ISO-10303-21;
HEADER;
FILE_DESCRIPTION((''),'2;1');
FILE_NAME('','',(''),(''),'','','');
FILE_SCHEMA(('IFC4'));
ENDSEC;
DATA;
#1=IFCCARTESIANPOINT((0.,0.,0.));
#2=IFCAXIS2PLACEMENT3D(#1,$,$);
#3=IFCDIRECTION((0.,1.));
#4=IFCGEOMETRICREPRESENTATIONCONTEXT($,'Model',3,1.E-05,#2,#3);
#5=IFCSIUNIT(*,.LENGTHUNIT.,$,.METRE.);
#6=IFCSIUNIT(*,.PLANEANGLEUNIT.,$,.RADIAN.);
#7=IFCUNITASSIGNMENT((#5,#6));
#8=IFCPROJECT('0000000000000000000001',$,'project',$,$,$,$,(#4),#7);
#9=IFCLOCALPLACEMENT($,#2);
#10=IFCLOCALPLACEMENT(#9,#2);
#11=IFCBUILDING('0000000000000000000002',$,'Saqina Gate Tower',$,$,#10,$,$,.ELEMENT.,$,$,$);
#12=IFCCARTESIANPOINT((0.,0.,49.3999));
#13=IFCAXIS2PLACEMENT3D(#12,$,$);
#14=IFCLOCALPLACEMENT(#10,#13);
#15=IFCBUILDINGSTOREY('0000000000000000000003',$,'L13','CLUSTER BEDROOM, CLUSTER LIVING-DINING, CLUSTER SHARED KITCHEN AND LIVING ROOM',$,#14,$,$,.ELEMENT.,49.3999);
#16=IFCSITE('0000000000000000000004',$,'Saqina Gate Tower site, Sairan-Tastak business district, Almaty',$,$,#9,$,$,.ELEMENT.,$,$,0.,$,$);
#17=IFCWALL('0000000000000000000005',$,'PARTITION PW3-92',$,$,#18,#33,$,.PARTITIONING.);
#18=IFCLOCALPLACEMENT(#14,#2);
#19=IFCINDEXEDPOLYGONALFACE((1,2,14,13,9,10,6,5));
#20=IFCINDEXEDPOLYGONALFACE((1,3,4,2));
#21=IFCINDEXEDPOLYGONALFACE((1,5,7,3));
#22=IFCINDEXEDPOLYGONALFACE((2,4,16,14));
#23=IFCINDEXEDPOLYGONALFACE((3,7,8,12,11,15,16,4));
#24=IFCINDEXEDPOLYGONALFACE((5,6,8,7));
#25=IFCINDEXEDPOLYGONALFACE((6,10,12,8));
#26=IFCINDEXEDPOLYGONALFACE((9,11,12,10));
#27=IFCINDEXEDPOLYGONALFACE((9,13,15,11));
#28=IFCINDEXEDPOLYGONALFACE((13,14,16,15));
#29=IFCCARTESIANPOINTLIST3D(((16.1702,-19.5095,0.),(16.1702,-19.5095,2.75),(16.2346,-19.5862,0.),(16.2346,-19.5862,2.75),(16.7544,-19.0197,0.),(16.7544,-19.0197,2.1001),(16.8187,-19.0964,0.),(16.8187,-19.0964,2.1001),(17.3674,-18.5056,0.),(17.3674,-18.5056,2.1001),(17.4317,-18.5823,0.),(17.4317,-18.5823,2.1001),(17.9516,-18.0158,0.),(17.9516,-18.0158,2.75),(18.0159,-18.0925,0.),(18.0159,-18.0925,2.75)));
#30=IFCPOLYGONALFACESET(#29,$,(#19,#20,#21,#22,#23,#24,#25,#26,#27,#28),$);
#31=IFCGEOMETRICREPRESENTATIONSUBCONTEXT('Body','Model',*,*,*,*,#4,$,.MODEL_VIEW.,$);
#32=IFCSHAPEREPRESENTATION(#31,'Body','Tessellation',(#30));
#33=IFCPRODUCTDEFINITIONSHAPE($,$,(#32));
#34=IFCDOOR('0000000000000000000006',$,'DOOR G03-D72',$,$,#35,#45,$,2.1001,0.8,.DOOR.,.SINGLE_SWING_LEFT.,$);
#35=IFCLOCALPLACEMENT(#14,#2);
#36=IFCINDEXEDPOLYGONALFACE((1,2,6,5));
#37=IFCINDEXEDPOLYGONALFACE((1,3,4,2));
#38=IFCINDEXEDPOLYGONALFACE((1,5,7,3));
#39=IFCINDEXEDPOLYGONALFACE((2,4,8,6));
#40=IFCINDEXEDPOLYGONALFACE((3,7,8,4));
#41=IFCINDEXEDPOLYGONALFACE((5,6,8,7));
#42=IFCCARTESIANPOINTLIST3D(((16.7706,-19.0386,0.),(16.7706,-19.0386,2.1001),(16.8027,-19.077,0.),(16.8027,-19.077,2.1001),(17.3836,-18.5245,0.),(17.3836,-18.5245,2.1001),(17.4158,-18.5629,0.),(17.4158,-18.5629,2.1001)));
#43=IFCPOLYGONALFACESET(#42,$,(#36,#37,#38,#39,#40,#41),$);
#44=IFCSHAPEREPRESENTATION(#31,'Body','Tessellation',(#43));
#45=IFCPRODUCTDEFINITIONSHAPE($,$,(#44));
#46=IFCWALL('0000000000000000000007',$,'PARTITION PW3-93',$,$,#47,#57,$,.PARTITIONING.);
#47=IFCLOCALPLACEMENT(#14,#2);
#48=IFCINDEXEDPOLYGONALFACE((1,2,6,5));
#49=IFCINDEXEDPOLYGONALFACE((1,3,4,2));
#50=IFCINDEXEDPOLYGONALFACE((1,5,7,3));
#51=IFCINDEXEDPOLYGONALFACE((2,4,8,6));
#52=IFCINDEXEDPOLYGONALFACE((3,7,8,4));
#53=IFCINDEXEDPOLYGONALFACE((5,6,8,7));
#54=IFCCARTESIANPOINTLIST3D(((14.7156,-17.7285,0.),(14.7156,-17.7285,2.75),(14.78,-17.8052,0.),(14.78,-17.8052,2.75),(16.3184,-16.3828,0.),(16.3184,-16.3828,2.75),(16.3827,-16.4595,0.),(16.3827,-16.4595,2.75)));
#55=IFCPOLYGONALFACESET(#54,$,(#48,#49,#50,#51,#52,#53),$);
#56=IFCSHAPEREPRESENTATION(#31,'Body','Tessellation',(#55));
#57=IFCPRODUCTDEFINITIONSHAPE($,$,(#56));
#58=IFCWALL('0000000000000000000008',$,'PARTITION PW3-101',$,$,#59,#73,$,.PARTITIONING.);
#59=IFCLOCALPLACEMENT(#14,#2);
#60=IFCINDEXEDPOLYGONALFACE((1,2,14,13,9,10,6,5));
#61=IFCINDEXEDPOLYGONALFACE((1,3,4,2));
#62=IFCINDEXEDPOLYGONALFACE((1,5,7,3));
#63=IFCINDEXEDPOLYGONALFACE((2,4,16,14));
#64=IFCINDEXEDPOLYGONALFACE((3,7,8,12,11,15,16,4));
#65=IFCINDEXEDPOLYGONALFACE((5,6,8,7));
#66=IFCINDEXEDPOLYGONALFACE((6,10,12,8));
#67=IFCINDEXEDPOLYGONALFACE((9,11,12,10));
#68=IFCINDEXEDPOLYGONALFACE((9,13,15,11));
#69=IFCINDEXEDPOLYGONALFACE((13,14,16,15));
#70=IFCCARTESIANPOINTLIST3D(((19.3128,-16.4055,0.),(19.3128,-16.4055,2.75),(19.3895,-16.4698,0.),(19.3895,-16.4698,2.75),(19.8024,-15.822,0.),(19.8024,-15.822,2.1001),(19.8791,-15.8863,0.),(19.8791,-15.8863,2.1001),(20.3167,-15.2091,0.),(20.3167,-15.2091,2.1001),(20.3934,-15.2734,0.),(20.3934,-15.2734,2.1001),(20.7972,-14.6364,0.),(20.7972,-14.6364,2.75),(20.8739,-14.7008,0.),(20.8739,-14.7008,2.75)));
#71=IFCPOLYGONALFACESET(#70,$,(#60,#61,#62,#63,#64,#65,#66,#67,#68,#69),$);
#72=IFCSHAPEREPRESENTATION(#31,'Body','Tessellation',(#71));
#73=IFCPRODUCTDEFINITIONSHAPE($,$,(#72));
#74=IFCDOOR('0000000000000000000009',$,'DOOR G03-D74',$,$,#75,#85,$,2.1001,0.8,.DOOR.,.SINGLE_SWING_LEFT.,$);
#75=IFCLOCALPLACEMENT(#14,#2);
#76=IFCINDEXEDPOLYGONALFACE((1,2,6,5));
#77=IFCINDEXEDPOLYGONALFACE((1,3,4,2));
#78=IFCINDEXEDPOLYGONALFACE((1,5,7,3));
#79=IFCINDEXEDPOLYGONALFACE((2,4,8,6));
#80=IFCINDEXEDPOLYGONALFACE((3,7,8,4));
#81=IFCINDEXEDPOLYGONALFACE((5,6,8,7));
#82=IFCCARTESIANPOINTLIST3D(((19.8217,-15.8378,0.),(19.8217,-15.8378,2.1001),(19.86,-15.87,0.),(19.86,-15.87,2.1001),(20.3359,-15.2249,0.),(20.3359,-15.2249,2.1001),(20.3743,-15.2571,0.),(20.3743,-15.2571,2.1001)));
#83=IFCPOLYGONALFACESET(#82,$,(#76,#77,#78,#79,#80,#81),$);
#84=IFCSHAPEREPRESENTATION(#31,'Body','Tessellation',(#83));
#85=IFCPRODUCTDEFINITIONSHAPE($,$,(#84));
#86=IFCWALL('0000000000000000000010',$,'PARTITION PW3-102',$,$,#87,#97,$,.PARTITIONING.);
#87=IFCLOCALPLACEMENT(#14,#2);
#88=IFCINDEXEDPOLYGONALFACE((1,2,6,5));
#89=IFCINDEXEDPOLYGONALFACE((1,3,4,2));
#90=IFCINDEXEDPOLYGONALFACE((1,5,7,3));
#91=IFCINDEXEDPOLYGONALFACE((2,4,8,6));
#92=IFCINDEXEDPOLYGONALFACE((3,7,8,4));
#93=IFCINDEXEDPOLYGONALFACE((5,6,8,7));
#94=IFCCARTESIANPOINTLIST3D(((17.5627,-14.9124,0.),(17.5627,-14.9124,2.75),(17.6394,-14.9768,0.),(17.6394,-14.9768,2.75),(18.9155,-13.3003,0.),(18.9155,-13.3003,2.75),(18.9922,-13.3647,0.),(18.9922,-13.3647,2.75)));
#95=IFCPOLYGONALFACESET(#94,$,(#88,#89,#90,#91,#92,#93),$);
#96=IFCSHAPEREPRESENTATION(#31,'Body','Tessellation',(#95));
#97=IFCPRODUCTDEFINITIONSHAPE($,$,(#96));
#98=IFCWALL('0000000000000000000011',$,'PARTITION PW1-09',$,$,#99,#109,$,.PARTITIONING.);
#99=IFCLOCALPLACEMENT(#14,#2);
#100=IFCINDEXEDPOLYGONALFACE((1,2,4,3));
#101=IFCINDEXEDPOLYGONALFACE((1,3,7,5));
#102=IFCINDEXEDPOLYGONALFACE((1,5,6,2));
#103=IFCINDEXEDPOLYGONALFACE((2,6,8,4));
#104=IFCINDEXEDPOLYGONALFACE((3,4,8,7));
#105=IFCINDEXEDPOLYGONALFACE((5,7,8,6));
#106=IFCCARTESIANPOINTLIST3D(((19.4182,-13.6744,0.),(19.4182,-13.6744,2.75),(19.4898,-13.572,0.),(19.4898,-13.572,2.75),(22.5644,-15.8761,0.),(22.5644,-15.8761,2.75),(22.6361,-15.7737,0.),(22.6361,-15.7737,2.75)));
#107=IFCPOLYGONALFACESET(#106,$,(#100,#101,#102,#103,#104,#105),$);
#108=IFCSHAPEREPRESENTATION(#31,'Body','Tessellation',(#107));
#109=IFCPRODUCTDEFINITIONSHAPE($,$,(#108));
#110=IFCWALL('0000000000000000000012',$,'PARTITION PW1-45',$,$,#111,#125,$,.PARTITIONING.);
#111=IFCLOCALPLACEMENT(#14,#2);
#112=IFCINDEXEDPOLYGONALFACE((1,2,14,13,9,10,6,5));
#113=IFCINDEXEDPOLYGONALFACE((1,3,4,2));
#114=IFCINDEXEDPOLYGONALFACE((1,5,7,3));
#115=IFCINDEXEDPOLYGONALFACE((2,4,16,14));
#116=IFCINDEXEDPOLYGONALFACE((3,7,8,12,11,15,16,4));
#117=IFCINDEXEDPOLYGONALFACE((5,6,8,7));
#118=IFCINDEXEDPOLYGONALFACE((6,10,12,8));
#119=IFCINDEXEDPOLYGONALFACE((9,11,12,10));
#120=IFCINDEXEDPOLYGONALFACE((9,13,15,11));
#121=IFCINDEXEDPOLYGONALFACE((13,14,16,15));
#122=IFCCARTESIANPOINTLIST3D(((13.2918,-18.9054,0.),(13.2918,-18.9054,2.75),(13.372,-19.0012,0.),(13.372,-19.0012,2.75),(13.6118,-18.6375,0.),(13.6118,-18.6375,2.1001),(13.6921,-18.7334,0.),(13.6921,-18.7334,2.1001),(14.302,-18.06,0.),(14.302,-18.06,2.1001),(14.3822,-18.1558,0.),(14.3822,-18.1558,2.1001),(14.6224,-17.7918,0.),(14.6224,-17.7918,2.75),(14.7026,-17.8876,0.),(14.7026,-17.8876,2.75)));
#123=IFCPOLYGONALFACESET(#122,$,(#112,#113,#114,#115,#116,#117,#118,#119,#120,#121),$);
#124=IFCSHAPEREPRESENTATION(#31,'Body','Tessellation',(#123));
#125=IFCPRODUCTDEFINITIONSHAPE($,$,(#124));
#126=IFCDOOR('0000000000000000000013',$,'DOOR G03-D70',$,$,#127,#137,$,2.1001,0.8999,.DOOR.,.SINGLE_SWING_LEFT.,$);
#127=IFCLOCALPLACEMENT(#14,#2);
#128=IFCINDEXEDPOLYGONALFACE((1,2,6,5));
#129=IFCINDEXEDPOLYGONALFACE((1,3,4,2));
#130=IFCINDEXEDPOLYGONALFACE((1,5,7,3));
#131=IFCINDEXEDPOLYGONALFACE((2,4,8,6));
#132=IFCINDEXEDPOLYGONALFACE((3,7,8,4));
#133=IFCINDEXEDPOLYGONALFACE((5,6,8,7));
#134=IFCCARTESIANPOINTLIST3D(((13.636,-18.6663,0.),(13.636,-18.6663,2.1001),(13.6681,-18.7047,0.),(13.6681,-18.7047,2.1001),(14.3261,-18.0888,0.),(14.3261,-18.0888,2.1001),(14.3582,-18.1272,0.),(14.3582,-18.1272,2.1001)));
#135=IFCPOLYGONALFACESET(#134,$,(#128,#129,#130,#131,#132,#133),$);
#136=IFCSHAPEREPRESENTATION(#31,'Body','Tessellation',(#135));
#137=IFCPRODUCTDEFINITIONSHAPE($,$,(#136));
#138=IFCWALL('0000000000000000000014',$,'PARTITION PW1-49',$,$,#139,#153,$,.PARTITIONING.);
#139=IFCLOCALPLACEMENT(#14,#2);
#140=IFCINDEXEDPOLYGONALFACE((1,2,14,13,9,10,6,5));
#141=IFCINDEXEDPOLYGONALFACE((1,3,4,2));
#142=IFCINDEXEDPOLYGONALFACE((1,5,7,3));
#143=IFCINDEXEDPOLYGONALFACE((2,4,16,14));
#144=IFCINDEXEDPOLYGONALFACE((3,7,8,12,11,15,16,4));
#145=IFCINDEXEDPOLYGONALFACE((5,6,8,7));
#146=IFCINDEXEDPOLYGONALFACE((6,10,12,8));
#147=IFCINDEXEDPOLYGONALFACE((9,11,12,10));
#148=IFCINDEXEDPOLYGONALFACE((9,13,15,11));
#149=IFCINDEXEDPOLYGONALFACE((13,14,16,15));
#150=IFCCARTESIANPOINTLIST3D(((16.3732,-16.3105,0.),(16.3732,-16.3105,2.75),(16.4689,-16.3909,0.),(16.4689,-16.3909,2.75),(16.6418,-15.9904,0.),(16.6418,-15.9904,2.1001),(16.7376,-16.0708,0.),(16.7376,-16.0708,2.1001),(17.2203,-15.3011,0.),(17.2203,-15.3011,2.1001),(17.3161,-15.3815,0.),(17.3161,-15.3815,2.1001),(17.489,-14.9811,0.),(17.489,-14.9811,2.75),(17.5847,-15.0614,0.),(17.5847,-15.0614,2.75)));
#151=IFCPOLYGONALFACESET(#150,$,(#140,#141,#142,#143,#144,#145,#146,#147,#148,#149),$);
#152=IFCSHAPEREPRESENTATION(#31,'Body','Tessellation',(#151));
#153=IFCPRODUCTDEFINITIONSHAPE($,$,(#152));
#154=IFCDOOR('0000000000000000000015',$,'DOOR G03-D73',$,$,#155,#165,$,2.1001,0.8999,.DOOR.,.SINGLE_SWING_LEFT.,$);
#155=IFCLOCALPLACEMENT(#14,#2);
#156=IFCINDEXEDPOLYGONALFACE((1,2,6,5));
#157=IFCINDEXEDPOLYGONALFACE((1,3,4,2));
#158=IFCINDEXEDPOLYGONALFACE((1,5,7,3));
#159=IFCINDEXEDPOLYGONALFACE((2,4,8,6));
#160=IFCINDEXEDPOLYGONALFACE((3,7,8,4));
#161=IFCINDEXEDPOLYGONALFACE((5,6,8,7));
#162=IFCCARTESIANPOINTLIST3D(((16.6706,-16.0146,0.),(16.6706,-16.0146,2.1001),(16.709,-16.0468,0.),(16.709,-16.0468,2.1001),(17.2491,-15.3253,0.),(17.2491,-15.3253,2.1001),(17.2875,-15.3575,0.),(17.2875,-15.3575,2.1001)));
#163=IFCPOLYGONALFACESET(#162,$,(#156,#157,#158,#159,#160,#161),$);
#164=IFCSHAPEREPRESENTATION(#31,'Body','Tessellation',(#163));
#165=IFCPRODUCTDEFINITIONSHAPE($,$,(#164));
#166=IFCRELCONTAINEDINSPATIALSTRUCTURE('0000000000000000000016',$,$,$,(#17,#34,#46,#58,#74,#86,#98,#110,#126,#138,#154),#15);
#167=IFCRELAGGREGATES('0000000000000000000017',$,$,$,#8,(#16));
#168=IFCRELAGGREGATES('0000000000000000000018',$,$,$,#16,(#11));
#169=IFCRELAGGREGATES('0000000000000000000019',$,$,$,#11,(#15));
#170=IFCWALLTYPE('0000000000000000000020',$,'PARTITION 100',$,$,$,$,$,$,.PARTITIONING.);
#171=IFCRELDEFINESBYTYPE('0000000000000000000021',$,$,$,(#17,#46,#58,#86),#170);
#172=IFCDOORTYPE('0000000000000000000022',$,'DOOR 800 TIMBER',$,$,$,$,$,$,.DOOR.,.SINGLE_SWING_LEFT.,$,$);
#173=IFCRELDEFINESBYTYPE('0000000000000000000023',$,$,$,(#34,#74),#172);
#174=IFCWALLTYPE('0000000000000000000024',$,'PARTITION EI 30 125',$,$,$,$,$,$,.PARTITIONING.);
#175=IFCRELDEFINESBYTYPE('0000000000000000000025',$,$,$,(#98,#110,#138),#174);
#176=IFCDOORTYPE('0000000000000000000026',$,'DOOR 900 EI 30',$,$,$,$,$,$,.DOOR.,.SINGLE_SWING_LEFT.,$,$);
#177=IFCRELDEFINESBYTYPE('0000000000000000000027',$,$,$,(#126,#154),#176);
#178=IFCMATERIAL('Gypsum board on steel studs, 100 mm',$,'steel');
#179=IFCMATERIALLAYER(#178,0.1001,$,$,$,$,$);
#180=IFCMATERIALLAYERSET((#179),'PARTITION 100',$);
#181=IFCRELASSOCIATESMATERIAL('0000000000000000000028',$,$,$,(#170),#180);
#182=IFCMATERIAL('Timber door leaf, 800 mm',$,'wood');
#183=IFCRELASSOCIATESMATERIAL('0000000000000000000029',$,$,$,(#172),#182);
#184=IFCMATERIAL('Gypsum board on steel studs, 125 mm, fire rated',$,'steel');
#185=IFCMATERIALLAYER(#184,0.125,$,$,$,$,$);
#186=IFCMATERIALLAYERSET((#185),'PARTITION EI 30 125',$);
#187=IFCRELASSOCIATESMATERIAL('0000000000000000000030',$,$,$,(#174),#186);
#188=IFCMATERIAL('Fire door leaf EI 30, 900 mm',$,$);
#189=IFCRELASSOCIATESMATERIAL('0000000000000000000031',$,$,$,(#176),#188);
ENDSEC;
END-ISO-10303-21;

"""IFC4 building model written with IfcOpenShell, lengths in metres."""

from ifc_helpers import new_model, si_unit, direction, frame, frame_2d, origin, place, context, subcontext, project, spatial, rectangle, extrude, material, layer, layer_set, type_object, element, fill, save


model = new_model("IFC4")

# Units and contexts
model_context = context("Model", 3, precision=1e-05, world=origin(), true_north=direction((0.0, 1.0)))
body_context = subcontext(model_context, "Body", "Model", "MODEL_VIEW")
ifc_project = project(units=[si_unit("LENGTHUNIT", "METRE"), si_unit("PLANEANGLEUNIT", "RADIAN")], contexts=[model_context])

# Site, building, storey
site_placement = place(None, origin())
site = spatial("IfcSite", under=ifc_project, at=site_placement, Name="Saqina Gate Tower site, Sairan-Tastak business district, Almaty", CompositionType="ELEMENT", RefElevation=0.0)
building_placement = place(site_placement, origin())
building = spatial("IfcBuilding", under=site, at=building_placement, Name="Saqina Gate Tower", CompositionType="ELEMENT")
storey_placement = place(building_placement, frame((0.0, 0.0, 49.3999)))
storey = spatial("IfcBuildingStorey", under=building, at=storey_placement, Name="L13", Description="CLUSTER BEDROOM, CLUSTER LIVING-DINING, CLUSTER SHARED KITCHEN AND LIVING ROOM", CompositionType="ELEMENT", Elevation=49.3999)

# Shared definitions
ifc_material_1 = material(Name="Gypsum board on steel studs, 100 mm", Category="steel")
ifc_layer_1 = layer(ifc_material_1, 0.1001)
ifc_layer_set_1 = layer_set([ifc_layer_1], Name="PARTITION 100")
wall_type_1 = type_object("IfcWallType", Name="PARTITION 100", PredefinedType="PARTITIONING", material=ifc_layer_set_1)

# Wall, opening, door
wall_1_placement = place(storey_placement, frame((16.2024, -19.5479, 0.0), z_axis=(0.0, 0.0, 1.0), x_axis=(0.766255, 0.642537, 0.0)))
wall_1 = element("IfcWall", 1, at=wall_1_placement, inside=storey, type_object=wall_type_1, Name="PARTITION PW3-92", PredefinedType="PARTITIONING", context=body_context, shape_type="SweptSolid", body=[
    extrude(rectangle(XDim=2.3247, YDim=0.1001, at=frame_2d((1.1624, 0.0))), origin(), (0.0, 0.0, 1.0), 2.75),
])
opening_1_placement = place(wall_1_placement, frame((0.7625, 0.0, 0.0)))
opening_1 = element("IfcOpeningElement", 2, at=opening_1_placement, cuts=wall_1, PredefinedType="OPENING", context=body_context, shape_type="SweptSolid", body=[
    extrude(rectangle(XDim=0.8, YDim=2.1001, at=frame_2d((0.3999, 1.05))), frame((0.0, 0.062, 0.0), z_axis=(0.0, -1.0, 0.0), x_axis=(1.0, 0.0, 0.0)), (0.0, 0.0, 1.0), 0.124),
])
ifc_material_2 = material(Name="Timber door leaf, 800 mm", Category="wood")
door_type_1 = type_object("IfcDoorType", Name="DOOR 800 TIMBER", OperationType="SINGLE_SWING_LEFT", PredefinedType="DOOR", material=ifc_material_2)
door_1_placement = place(opening_1_placement, frame((0.8, 0.0, 0.0), z_axis=(0.0, 0.0, 1.0), x_axis=(-1.0, 0.0, 0.0)))
door_1 = element("IfcDoor", 3, at=door_1_placement, inside=storey, type_object=door_type_1, Name="DOOR G03-D72", OperationType="SINGLE_SWING_LEFT", OverallHeight=2.1001, OverallWidth=0.8, PredefinedType="DOOR", context=body_context, shape_type="SweptSolid", body=[
    extrude(rectangle(XDim=0.8, YDim=2.1001, at=frame_2d((0.3999, 1.05))), frame((0.0, 0.0249, 0.0), z_axis=(0.0, -1.0, 0.0), x_axis=(1.0, 0.0, 0.0)), (0.0, 0.0, 1.0), 0.05),
])
fill(opening_1, door_1)

# Wall
wall_2_placement = place(storey_placement, frame((14.7478, -17.7668, 0.0), z_axis=(0.0, 0.0, 1.0), x_axis=(0.765854, 0.643014, 0.0)))
element("IfcWall", 4, at=wall_2_placement, inside=storey, type_object=wall_type_1, Name="PARTITION PW3-93", PredefinedType="PARTITIONING", context=body_context, shape_type="SweptSolid", body=[
    extrude(rectangle(XDim=2.0928, YDim=0.1001, at=frame_2d((1.0464, 0.0))), origin(), (0.0, 0.0, 1.0), 2.75),
])

# Wall, opening, door
wall_3_placement = place(storey_placement, frame((19.3511, -16.4377, 0.0), z_axis=(0.0, 0.0, 1.0), x_axis=(0.64278, 0.76605, 0.0)))
wall_3 = element("IfcWall", 5, at=wall_3_placement, inside=storey, type_object=wall_type_1, Name="PARTITION PW3-101", PredefinedType="PARTITIONING", context=body_context, shape_type="SweptSolid", body=[
    extrude(rectangle(XDim=2.3093, YDim=0.1001, at=frame_2d((1.1548, 0.0))), origin(), (0.0, 0.0, 1.0), 2.75),
])
opening_2_placement = place(wall_3_placement, frame((0.762, 0.0, 0.0)))
opening_2 = element("IfcOpeningElement", 6, at=opening_2_placement, cuts=wall_3, PredefinedType="OPENING", context=body_context, shape_type="SweptSolid", body=[
    extrude(rectangle(XDim=0.8, YDim=2.1001, at=frame_2d((0.3999, 1.05))), frame((0.0, 0.062, 0.0), z_axis=(0.0, -1.0, 0.0), x_axis=(1.0, 0.0, 0.0)), (0.0, 0.0, 1.0), 0.124),
])
door_2_placement = place(opening_2_placement, frame((0.8, 0.0, 0.0), z_axis=(0.0, 0.0, 1.0), x_axis=(-1.0, 0.0, 0.0)))
door_2 = element("IfcDoor", 7, at=door_2_placement, inside=storey, type_object=door_type_1, Name="DOOR G03-D74", OperationType="SINGLE_SWING_LEFT", OverallHeight=2.1001, OverallWidth=0.8, PredefinedType="DOOR", context=body_context, shape_type="SweptSolid", body=[
    extrude(rectangle(XDim=0.8, YDim=2.1001, at=frame_2d((0.3999, 1.05))), frame((0.0, 0.0249, 0.0), z_axis=(0.0, -1.0, 0.0), x_axis=(1.0, 0.0, 0.0)), (0.0, 0.0, 1.0), 0.05),
])
fill(opening_2, door_2)

# Walls
wall_4_placement = place(storey_placement, frame((17.6011, -14.9446, 0.0), z_axis=(0.0, 0.0, 1.0), x_axis=(0.642817, 0.76602, 0.0)))
element("IfcWall", 8, at=wall_4_placement, inside=storey, type_object=wall_type_1, Name="PARTITION PW3-102", PredefinedType="PARTITIONING", context=body_context, shape_type="SweptSolid", body=[
    extrude(rectangle(XDim=2.1045, YDim=0.1001, at=frame_2d((1.0522, 0.0))), origin(), (0.0, 0.0, 1.0), 2.75),
])
ifc_material_3 = material(Name="Gypsum board on steel studs, 125 mm, fire rated", Category="steel")
ifc_layer_2 = layer(ifc_material_3, 0.125)
ifc_layer_set_2 = layer_set([ifc_layer_2], Name="PARTITION EI 30 125")
wall_type_2 = type_object("IfcWallType", Name="PARTITION EI 30 125", PredefinedType="PARTITIONING", material=ifc_layer_set_2)
wall_5_placement = place(storey_placement, frame((19.4541, -13.6233, 0.0), z_axis=(0.0, 0.0, 1.0), x_axis=(0.819319, -0.573339, 0.0)))
element("IfcWall", 9, at=wall_5_placement, inside=storey, type_object=wall_type_2, Name="PARTITION PW1-09", PredefinedType="PARTITIONING", context=body_context, shape_type="SweptSolid", body=[
    extrude(rectangle(XDim=3.8401, YDim=0.125, at=frame_2d((1.9199, 0.0))), origin(), (0.0, 0.0, 1.0), 2.75),
])

# Walls, openings, doors
wall_6_placement = place(storey_placement, frame((13.3318, -18.9534, 0.0), z_axis=(0.0, 0.0, 1.0), x_axis=(0.766882, 0.641789, 0.0)))
wall_6 = element("IfcWall", 10, at=wall_6_placement, inside=storey, type_object=wall_type_2, Name="PARTITION PW1-45", PredefinedType="PARTITIONING", context=body_context, shape_type="SweptSolid", body=[
    extrude(rectangle(XDim=1.7351, YDim=0.125, at=frame_2d((0.8677, 0.0))), origin(), (0.0, 0.0, 1.0), 2.75),
])
opening_3_placement = place(wall_6_placement, frame((0.4175, 0.0, 0.0)))
opening_3 = element("IfcOpeningElement", 11, at=opening_3_placement, cuts=wall_6, PredefinedType="OPENING", context=body_context, shape_type="SweptSolid", body=[
    extrude(rectangle(XDim=0.8999, YDim=2.1001, at=frame_2d((0.45, 1.05))), frame((0.0, 0.0745, 0.0), z_axis=(0.0, -1.0, 0.0), x_axis=(1.0, 0.0, 0.0)), (0.0, 0.0, 1.0), 0.1489),
])
ifc_material_4 = material(Name="Fire door leaf EI 30, 900 mm")
door_type_2 = type_object("IfcDoorType", Name="DOOR 900 EI 30", OperationType="SINGLE_SWING_LEFT", PredefinedType="DOOR", material=ifc_material_4)
door_3_placement = place(opening_3_placement, origin())
door_3 = element("IfcDoor", 12, at=door_3_placement, inside=storey, type_object=door_type_2, Name="DOOR G03-D70", OperationType="SINGLE_SWING_LEFT", OverallHeight=2.1001, OverallWidth=0.8999, PredefinedType="DOOR", context=body_context, shape_type="SweptSolid", body=[
    extrude(rectangle(XDim=0.8999, YDim=2.1001, at=frame_2d((0.45, 1.05))), frame((0.0, 0.0249, 0.0), z_axis=(0.0, -1.0, 0.0), x_axis=(1.0, 0.0, 0.0)), (0.0, 0.0, 1.0), 0.05),
])
fill(opening_3, door_3)
wall_7_placement = place(storey_placement, frame((16.4211, -16.3506, 0.0), z_axis=(0.0, 0.0, 1.0), x_axis=(0.642879, 0.765968, 0.0)))
wall_7 = element("IfcWall", 13, at=wall_7_placement, inside=storey, type_object=wall_type_2, Name="PARTITION PW1-49", PredefinedType="PARTITIONING", context=body_context, shape_type="SweptSolid", body=[
    extrude(rectangle(XDim=1.7356, YDim=0.125, at=frame_2d((0.8677, 0.0))), origin(), (0.0, 0.0, 1.0), 2.75),
])
opening_4_placement = place(wall_7_placement, frame((0.4177, 0.0, 0.0)))
opening_4 = element("IfcOpeningElement", 14, at=opening_4_placement, cuts=wall_7, PredefinedType="OPENING", context=body_context, shape_type="SweptSolid", body=[
    extrude(rectangle(XDim=0.8999, YDim=2.1001, at=frame_2d((0.45, 1.05))), frame((0.0, 0.0745, 0.0), z_axis=(0.0, -1.0, 0.0), x_axis=(1.0, 0.0, 0.0)), (0.0, 0.0, 1.0), 0.1489),
])
door_4_placement = place(opening_4_placement, origin())
door_4 = element("IfcDoor", 15, at=door_4_placement, inside=storey, type_object=door_type_2, Name="DOOR G03-D73", OperationType="SINGLE_SWING_LEFT", OverallHeight=2.1001, OverallWidth=0.8999, PredefinedType="DOOR", context=body_context, shape_type="SweptSolid", body=[
    extrude(rectangle(XDim=0.8999, YDim=2.1001, at=frame_2d((0.45, 1.05))), frame((0.0, 0.0249, 0.0), z_axis=(0.0, -1.0, 0.0), x_axis=(1.0, 0.0, 0.0)), (0.0, 0.0, 1.0), 0.05),
])
fill(opening_4, door_4)

save(model, "model.ifc")
